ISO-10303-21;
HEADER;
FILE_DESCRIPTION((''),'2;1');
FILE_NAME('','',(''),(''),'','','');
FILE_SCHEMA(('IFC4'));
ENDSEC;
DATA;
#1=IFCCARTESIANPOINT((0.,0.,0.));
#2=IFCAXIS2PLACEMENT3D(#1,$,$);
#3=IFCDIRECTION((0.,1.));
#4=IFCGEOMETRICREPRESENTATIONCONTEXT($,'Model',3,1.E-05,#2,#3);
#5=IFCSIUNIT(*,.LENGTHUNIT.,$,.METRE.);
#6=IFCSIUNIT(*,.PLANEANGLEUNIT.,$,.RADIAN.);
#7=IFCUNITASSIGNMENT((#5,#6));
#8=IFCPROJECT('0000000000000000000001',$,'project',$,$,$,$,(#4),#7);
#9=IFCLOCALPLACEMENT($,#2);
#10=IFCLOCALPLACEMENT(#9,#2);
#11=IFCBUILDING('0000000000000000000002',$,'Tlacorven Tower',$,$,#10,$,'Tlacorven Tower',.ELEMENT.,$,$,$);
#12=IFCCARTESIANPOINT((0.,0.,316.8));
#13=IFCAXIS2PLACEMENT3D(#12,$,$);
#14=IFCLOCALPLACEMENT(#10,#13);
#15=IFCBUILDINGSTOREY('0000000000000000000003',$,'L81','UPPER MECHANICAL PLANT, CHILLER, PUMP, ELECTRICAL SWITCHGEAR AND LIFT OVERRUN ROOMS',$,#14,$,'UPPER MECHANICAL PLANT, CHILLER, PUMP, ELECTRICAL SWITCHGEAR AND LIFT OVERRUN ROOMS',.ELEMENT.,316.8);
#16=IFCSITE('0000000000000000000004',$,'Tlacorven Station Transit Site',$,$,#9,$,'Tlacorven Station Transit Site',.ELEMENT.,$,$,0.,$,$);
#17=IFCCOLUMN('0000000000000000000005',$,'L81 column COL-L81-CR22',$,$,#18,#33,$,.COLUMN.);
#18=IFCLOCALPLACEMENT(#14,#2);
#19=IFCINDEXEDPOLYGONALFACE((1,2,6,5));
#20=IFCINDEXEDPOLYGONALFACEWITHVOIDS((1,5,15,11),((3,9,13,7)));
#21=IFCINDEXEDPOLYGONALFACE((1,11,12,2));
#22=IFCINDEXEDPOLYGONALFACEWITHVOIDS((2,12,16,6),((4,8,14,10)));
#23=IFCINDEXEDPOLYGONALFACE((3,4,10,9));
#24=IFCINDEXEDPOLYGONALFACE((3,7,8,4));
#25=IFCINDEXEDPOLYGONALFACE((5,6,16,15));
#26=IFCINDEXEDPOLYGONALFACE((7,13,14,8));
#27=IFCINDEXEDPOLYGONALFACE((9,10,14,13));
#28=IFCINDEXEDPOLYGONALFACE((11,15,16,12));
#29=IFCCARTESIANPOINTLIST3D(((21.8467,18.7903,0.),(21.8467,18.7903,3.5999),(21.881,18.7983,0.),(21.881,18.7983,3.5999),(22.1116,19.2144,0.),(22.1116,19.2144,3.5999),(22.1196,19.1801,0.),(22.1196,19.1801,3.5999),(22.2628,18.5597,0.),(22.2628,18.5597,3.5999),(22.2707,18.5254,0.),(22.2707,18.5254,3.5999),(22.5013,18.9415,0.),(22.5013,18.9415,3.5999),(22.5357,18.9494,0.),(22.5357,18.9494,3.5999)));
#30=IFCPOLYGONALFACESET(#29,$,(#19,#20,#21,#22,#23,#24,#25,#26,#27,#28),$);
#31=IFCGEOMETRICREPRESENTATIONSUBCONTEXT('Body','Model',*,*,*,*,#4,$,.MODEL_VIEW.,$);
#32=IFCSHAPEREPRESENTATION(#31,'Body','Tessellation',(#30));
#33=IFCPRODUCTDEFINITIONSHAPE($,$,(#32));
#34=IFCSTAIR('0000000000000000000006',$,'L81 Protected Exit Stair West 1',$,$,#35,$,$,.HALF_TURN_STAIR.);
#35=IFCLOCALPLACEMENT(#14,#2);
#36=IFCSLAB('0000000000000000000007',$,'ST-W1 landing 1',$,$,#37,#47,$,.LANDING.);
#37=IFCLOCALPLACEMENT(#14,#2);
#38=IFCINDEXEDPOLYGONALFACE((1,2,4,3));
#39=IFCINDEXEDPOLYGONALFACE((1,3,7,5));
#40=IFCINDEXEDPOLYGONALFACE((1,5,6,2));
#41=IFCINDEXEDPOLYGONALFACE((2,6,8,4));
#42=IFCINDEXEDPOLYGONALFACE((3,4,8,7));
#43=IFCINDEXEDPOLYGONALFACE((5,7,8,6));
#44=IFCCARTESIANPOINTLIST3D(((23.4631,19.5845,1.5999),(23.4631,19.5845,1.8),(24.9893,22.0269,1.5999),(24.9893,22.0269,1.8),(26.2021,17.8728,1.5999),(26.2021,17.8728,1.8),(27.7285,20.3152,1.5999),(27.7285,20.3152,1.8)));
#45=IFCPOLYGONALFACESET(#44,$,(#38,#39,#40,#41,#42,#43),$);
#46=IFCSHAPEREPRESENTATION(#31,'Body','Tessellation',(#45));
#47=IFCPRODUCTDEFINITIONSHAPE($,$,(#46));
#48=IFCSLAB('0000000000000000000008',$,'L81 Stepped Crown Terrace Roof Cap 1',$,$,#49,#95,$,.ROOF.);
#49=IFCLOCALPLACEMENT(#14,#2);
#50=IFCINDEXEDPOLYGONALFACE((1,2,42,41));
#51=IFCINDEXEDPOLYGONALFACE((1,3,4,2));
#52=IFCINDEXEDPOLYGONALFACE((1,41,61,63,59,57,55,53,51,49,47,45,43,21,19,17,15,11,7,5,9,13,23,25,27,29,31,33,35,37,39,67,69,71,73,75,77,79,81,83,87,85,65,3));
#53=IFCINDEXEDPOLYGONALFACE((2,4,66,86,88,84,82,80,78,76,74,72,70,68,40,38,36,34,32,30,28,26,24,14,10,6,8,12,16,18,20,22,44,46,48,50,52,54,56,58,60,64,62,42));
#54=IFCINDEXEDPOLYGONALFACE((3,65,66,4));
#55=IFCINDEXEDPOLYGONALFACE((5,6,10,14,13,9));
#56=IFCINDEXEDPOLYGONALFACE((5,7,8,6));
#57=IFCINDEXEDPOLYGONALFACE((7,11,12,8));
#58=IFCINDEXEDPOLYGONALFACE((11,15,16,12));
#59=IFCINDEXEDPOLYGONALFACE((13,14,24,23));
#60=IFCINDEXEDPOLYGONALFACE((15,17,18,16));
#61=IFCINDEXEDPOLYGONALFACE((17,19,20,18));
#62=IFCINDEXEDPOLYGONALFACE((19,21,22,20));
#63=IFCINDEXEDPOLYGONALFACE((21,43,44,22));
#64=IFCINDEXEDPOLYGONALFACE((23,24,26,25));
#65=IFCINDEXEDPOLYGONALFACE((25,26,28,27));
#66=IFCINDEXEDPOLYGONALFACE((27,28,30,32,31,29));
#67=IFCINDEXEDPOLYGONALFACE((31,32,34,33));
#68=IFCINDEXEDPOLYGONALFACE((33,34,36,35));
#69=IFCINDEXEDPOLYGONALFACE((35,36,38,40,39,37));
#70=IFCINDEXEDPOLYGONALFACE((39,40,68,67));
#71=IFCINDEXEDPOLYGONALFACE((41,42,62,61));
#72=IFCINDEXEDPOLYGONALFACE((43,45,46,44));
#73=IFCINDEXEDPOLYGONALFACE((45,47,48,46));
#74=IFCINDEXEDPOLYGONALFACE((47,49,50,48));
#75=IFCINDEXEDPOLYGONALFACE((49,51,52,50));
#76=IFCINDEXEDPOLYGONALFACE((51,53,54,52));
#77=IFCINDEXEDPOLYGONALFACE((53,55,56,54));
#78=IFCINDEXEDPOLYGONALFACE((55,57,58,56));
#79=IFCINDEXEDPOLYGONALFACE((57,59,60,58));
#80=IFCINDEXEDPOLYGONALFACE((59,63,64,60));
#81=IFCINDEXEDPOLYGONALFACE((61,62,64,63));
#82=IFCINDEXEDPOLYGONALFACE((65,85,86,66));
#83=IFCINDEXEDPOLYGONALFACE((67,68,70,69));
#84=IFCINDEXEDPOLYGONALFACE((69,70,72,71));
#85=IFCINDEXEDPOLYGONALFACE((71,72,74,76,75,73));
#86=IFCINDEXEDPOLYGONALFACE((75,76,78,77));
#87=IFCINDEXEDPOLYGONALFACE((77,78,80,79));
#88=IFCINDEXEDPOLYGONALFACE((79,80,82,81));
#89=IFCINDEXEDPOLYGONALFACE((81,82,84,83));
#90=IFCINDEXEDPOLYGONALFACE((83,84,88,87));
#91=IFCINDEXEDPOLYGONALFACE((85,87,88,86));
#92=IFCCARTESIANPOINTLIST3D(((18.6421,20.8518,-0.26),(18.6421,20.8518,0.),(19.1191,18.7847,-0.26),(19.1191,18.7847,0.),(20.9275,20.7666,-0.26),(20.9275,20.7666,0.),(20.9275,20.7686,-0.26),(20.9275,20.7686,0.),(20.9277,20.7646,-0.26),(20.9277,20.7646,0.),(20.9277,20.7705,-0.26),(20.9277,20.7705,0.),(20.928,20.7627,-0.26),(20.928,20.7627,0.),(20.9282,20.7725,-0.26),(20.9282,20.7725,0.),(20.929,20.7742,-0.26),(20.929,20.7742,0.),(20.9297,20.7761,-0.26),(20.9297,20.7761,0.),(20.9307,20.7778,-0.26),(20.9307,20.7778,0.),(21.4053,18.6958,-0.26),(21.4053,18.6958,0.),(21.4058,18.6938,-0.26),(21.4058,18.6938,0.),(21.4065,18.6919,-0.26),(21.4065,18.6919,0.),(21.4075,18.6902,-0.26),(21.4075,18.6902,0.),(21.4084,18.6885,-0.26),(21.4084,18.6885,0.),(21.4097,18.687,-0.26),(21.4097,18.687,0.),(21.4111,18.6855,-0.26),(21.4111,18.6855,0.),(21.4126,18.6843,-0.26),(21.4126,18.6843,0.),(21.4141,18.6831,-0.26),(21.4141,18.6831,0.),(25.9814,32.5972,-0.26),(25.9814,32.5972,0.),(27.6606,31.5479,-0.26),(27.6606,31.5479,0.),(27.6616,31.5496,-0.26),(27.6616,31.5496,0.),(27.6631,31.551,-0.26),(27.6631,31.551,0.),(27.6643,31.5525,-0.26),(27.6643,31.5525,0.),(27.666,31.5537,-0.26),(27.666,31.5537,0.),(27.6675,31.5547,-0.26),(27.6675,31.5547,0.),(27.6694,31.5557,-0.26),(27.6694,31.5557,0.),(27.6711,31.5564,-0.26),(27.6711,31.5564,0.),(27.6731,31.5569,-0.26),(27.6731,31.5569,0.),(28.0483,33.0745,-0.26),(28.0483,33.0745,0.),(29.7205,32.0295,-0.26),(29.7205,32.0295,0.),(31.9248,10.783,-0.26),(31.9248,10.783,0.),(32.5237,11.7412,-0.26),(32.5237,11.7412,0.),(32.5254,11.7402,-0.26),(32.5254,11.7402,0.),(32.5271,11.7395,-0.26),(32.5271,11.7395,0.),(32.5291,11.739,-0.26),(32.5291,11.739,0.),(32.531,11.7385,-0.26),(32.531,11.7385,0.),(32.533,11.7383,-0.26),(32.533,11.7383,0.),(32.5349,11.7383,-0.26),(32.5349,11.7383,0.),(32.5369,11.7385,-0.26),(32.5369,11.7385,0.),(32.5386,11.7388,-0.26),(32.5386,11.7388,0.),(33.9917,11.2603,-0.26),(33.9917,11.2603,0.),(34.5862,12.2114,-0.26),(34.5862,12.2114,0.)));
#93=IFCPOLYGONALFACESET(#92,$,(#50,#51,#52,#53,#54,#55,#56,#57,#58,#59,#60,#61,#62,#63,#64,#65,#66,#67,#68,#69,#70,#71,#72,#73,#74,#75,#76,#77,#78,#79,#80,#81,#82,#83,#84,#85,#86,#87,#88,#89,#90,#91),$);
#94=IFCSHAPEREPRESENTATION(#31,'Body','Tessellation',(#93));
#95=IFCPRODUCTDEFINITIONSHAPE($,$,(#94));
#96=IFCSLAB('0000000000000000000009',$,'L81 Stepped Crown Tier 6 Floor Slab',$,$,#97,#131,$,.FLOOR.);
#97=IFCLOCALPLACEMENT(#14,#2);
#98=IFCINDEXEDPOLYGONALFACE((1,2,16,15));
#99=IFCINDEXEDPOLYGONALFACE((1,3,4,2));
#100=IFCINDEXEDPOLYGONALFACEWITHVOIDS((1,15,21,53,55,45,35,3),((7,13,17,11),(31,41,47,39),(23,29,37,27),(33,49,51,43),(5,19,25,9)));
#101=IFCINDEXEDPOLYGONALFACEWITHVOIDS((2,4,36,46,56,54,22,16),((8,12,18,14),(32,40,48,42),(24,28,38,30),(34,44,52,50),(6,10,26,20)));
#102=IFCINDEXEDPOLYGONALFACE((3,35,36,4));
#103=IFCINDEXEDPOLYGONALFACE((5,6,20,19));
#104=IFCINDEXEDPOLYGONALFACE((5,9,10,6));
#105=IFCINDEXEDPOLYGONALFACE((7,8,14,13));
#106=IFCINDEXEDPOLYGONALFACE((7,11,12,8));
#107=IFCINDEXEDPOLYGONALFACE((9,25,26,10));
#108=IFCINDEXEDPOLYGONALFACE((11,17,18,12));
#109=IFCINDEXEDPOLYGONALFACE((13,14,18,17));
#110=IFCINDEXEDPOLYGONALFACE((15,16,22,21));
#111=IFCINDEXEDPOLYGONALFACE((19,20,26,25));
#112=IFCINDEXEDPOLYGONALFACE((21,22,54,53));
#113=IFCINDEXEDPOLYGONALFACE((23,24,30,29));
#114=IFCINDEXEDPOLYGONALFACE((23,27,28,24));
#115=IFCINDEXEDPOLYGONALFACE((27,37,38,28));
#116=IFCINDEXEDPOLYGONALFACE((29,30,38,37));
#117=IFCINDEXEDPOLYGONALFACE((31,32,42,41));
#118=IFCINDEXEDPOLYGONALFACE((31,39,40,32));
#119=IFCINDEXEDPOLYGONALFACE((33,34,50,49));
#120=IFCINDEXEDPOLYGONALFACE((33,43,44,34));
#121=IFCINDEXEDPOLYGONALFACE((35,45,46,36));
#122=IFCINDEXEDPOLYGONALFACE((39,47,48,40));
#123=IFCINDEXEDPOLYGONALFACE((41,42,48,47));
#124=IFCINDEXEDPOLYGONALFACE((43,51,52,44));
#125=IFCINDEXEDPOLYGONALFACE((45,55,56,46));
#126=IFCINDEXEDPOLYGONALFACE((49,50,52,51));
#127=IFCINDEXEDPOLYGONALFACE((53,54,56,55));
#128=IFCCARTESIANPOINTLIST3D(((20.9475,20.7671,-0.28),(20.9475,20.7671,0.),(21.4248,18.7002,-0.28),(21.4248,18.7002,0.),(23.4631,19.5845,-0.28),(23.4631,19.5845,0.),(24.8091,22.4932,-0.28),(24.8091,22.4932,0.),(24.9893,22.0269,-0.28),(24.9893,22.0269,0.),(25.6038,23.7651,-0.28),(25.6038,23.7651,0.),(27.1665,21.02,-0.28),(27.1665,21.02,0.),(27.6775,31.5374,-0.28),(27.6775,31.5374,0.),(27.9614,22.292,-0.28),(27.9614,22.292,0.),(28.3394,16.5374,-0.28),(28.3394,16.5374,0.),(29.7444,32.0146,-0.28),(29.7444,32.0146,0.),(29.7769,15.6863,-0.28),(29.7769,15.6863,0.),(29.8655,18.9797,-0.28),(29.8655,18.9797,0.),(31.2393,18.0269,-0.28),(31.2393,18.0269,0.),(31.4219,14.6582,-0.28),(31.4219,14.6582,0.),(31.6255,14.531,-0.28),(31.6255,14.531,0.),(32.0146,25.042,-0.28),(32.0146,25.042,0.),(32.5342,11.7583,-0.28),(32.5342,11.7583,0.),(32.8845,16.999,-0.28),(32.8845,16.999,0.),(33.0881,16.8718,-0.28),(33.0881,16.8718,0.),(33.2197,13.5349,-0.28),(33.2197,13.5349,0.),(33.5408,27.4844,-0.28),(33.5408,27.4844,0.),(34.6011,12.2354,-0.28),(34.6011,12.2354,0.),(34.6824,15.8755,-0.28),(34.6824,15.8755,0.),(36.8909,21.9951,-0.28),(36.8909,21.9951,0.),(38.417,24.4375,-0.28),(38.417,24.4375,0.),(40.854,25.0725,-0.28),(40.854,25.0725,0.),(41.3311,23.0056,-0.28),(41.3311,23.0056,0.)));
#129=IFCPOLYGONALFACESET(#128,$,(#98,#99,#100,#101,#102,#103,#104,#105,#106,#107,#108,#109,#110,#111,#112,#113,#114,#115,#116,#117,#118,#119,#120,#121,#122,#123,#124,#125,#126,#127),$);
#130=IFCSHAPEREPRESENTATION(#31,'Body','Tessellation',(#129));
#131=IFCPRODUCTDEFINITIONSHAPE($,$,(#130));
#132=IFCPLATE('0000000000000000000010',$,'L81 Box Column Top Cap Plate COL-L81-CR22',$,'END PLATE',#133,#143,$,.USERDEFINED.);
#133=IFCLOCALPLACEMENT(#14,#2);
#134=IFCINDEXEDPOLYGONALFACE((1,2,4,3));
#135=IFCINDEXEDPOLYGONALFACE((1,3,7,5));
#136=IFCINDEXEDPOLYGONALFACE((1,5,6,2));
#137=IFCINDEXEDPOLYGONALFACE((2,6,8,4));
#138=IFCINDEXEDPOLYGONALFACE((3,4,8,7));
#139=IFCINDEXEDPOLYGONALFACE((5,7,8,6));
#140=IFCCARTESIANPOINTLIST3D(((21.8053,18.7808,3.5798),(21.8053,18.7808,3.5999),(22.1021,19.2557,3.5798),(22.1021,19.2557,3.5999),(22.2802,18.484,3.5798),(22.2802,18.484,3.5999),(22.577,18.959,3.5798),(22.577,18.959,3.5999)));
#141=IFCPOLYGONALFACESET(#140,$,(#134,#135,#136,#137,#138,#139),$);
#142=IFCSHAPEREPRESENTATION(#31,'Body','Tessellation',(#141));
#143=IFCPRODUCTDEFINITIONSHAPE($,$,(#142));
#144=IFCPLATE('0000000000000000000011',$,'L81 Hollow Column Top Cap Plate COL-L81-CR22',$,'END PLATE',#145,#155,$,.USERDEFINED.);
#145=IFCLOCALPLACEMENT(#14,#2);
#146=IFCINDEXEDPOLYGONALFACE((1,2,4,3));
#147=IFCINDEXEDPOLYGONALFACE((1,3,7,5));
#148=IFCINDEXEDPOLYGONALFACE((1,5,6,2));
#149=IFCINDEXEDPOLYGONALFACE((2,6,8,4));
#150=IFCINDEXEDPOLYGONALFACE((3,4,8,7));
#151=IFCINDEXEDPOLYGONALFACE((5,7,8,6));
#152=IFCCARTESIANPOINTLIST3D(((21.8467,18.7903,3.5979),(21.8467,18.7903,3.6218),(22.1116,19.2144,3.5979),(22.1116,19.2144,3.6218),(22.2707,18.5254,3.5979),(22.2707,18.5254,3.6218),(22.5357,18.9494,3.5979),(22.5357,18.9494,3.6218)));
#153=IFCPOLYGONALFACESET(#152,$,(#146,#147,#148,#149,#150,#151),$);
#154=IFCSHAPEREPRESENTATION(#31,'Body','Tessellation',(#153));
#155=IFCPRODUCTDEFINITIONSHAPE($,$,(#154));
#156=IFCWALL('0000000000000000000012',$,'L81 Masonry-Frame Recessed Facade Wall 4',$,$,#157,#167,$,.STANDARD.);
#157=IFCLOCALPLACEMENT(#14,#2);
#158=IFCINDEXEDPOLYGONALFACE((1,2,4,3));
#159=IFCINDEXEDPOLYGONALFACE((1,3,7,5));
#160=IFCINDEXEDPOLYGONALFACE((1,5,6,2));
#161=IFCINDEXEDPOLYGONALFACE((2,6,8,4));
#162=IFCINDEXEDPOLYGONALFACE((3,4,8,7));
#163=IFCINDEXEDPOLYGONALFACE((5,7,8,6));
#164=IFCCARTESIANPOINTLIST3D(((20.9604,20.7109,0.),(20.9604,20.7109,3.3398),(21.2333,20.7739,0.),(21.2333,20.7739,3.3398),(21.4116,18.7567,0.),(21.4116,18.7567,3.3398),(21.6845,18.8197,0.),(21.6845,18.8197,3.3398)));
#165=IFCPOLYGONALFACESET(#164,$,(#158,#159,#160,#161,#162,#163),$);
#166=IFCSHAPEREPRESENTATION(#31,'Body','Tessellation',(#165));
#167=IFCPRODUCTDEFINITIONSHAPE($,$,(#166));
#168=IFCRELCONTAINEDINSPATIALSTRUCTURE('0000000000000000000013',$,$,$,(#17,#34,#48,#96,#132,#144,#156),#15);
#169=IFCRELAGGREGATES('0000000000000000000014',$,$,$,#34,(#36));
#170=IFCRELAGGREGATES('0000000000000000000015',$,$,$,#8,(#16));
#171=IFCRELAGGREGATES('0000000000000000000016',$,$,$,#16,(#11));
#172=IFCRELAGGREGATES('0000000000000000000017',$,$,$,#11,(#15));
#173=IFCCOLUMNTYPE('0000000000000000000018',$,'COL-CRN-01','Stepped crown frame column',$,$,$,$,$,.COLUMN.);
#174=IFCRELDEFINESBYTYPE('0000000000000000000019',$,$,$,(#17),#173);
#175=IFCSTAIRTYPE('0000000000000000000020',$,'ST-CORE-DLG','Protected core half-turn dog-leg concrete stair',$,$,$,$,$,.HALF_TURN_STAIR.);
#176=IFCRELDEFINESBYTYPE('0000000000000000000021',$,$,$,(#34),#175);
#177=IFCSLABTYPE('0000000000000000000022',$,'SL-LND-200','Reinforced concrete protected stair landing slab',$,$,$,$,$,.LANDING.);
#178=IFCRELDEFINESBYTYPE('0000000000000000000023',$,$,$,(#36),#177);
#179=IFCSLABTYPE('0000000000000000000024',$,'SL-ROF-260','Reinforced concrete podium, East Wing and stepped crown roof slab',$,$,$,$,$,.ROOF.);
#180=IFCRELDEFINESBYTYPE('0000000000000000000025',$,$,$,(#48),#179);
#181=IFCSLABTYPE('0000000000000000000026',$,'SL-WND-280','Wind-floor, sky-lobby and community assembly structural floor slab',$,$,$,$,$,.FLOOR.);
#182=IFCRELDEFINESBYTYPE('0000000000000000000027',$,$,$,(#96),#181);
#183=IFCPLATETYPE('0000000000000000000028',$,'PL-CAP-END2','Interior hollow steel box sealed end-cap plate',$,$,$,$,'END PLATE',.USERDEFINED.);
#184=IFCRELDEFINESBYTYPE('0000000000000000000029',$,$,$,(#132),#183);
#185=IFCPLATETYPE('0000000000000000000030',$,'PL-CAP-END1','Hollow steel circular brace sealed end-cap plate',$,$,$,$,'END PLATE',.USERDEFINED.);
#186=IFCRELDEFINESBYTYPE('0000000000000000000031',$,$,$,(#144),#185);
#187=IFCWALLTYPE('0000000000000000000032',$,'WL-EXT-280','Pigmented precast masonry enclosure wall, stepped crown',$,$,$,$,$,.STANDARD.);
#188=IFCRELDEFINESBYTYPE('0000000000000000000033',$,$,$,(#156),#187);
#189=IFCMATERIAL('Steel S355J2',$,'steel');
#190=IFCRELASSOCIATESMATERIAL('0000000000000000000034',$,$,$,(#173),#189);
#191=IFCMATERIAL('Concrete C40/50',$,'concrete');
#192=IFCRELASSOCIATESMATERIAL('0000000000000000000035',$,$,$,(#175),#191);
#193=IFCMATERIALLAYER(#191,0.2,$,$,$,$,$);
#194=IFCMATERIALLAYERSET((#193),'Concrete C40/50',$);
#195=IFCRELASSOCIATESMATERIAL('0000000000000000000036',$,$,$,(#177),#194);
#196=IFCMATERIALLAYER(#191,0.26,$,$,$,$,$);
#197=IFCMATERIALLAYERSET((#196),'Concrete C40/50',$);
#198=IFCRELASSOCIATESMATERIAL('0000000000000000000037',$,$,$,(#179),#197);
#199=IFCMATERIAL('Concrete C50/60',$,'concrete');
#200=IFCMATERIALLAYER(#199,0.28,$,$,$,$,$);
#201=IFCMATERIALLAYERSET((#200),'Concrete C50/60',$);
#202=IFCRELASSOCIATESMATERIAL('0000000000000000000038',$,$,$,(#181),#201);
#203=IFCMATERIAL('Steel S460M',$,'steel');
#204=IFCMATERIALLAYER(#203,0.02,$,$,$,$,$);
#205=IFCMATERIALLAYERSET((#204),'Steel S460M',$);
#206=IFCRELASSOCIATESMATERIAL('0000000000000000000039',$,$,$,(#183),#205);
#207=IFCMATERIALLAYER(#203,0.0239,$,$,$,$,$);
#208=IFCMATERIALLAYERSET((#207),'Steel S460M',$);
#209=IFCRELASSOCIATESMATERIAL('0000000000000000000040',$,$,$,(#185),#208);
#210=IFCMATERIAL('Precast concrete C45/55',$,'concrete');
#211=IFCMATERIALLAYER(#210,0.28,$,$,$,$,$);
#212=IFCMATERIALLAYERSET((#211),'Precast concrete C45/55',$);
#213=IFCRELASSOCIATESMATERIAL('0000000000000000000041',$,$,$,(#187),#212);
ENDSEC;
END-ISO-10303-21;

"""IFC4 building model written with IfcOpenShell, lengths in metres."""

from ifc_helpers import new_model, si_unit, direction, frame, frame_2d, origin, origin_2d, place, context, subcontext, project, spatial, polyline, rectangle, hollow_rectangle, outline, extrude, source, transform, mapped, material, layer, layer_set, material_profile, profile_set, type_object, element, aggregate, save


model = new_model("IFC4")

# Units and contexts
model_context = context("Model", 3, precision=1e-05, world=origin(), true_north=direction((0.0, 1.0)))
body_context = subcontext(model_context, "Body", "Model", "MODEL_VIEW")
ifc_project = project(units=[si_unit("LENGTHUNIT", "METRE"), si_unit("PLANEANGLEUNIT", "RADIAN")], contexts=[model_context])

# Site, building, storey
site_placement = place(None, origin())
site = spatial("IfcSite", under=ifc_project, at=site_placement, Name="Tlacorven Station Transit Site", LongName="Tlacorven Station Transit Site", CompositionType="ELEMENT", RefElevation=0.0)
building_placement = place(site_placement, origin())
building = spatial("IfcBuilding", under=site, at=building_placement, Name="Tlacorven Tower", LongName="Tlacorven Tower", CompositionType="ELEMENT")
storey_placement = place(building_placement, frame((0.0, 0.0, 316.8)))
storey = spatial("IfcBuildingStorey", under=building, at=storey_placement, Name="L81", Description="UPPER MECHANICAL PLANT, CHILLER, PUMP, ELECTRICAL SWITCHGEAR AND LIFT OVERRUN ROOMS", LongName="UPPER MECHANICAL PLANT, CHILLER, PUMP, ELECTRICAL SWITCHGEAR AND LIFT OVERRUN ROOMS", CompositionType="ELEMENT", Elevation=316.8)

# Column
ifc_material_1 = material(Name="Steel S355J2", Category="steel")
ifc_material_profile = material_profile(ifc_material_1, hollow_rectangle(XDim=0.5, YDim=0.5, WallThickness=0.0249, at=origin_2d()), Name="BOX 500X500X25")
ifc_profile_set = profile_set([ifc_material_profile], Name="Steel S355J2")
column_type = type_object("IfcColumnType", Name="COL-CRN-01", Description="Stepped crown frame column", PredefinedType="COLUMN", material=ifc_profile_set)
shared_shape_1 = source(origin(), body_context, "Body", "SweptSolid", [
    extrude(hollow_rectangle(XDim=0.5, YDim=0.5, WallThickness=0.0249, at=origin_2d()), origin(), (0.0, 0.0, 1.0), 3.5999),
])
column_placement = place(storey_placement, frame((22.1912, 18.8699, 0.0), z_axis=(0.0, 0.0, 1.0), x_axis=(-0.848048, 0.529919, 0.0)))
element("IfcColumn", 1, at=column_placement, inside=storey, type_object=column_type, Name="L81 column COL-L81-CR22", PredefinedType="COLUMN", context=body_context, shape_type="MappedRepresentation", body=[
    mapped(shared_shape_1, transform((0.0, 0.0, 0.0), scale=1.0)),
])

# Stair, slab
ifc_material_2 = material(Name="Concrete C40/50", Category="concrete")
stair_type = type_object("IfcStairType", Name="ST-CORE-DLG", Description="Protected core half-turn dog-leg concrete stair", PredefinedType="HALF_TURN_STAIR", material=ifc_material_2)
stair_placement = place(storey_placement, origin())
stair = element("IfcStair", 2, at=stair_placement, inside=storey, type_object=stair_type, Name="L81 Protected Exit Stair West 1", PredefinedType="HALF_TURN_STAIR")
ifc_layer_1 = layer(ifc_material_2, 0.2)
ifc_layer_set_1 = layer_set([ifc_layer_1], Name="Concrete C40/50")
slab_type_1 = type_object("IfcSlabType", Name="SL-LND-200", Description="Reinforced concrete protected stair landing slab", PredefinedType="LANDING", material=ifc_layer_set_1)
slab_1_placement = place(storey_placement, frame((0.0, 0.0, 1.5999)))
slab_1 = element("IfcSlab", 3, at=slab_1_placement, type_object=slab_type_1, Name="ST-W1 landing 1", PredefinedType="LANDING", context=body_context, shape_type="SweptSolid", body=[
    extrude(outline(polyline([(27.7285, 20.3152), (24.9893, 22.0269), (23.4631, 19.5845), (26.2021, 17.8728), (27.7285, 20.3152)])), origin(), (0.0, 0.0, 1.0), 0.2002),
])

# Slabs
ifc_layer_2 = layer(ifc_material_2, 0.26)
ifc_layer_set_2 = layer_set([ifc_layer_2], Name="Concrete C40/50")
slab_type_2 = type_object("IfcSlabType", Name="SL-ROF-260", Description="Reinforced concrete podium, East Wing and stepped crown roof slab", PredefinedType="ROOF", material=ifc_layer_set_2)
slab_2_placement = place(storey_placement, frame((0.0, 0.0, -0.26)))
element("IfcSlab", 4, at=slab_2_placement, inside=storey, type_object=slab_type_2, Name="L81 Stepped Crown Terrace Roof Cap 1", PredefinedType="ROOF", context=body_context, shape_type="SweptSolid", body=[
    extrude(outline(polyline([(33.9917, 11.2603), (31.9248, 10.783), (19.1191, 18.7847), (18.6421, 20.8518), (25.9814, 32.5972), (28.0483, 33.0745), (29.7205, 32.0295), (27.6731, 31.5569), (27.6711, 31.5564), (27.6694, 31.5557), (27.6675, 31.5547), (27.666, 31.5537), (27.6643, 31.5525), (27.6631, 31.551), (27.6616, 31.5496), (27.6606, 31.5479), (20.9307, 20.7778), (20.9297, 20.7761), (20.929, 20.7742), (20.9282, 20.7725), (20.9277, 20.7705), (20.9275, 20.7686), (20.9275, 20.7666), (20.9277, 20.7646), (20.928, 20.7627), (21.4053, 18.6958), (21.4058, 18.6938), (21.4065, 18.6919), (21.4075, 18.6902), (21.4084, 18.6885), (21.4097, 18.687), (21.4111, 18.6855), (21.4126, 18.6843), (21.4141, 18.6831), (32.5237, 11.7412), (32.5254, 11.7402), (32.5271, 11.7395), (32.5291, 11.739), (32.531, 11.7385), (32.533, 11.7383), (32.5349, 11.7383), (32.5369, 11.7385), (32.5386, 11.7388), (34.5862, 12.2114), (33.9917, 11.2603)])), origin(), (0.0, 0.0, 1.0), 0.26),
])
ifc_material_3 = material(Name="Concrete C50/60", Category="concrete")
ifc_layer_3 = layer(ifc_material_3, 0.28)
ifc_layer_set_3 = layer_set([ifc_layer_3], Name="Concrete C50/60")
slab_type_3 = type_object("IfcSlabType", Name="SL-WND-280", Description="Wind-floor, sky-lobby and community assembly structural floor slab", PredefinedType="FLOOR", material=ifc_layer_set_3)
slab_3_placement = place(storey_placement, frame((0.0, 0.0, -0.28)))
element("IfcSlab", 5, at=slab_3_placement, inside=storey, type_object=slab_type_3, Name="L81 Stepped Crown Tier 6 Floor Slab", PredefinedType="FLOOR", context=body_context, shape_type="SweptSolid", body=[
    extrude(outline(polyline([(40.854, 25.0725), (29.7444, 32.0146), (27.6775, 31.5374), (20.9475, 20.7671), (21.4248, 18.7002), (32.5342, 11.7583), (34.6011, 12.2354), (41.3311, 23.0056), (40.854, 25.0725)]), holes=[polyline([(29.8655, 18.9797), (24.9893, 22.0269), (23.4631, 19.5845), (28.3394, 16.5374), (29.8655, 18.9797)]), polyline([(38.417, 24.4375), (33.5408, 27.4844), (32.0146, 25.042), (36.8909, 21.9951), (38.417, 24.4375)]), polyline([(34.6824, 15.8755), (33.0881, 16.8718), (31.6255, 14.531), (33.2197, 13.5349), (34.6824, 15.8755)]), polyline([(32.8845, 16.999), (31.2393, 18.0269), (29.7769, 15.6863), (31.4219, 14.6582), (32.8845, 16.999)]), polyline([(27.9614, 22.292), (25.6038, 23.7651), (24.8091, 22.4932), (27.1665, 21.02), (27.9614, 22.292)])]), origin(), (0.0, 0.0, 1.0), 0.28),
])

# Plates
ifc_material_4 = material(Name="Steel S460M", Category="steel")
ifc_layer_4 = layer(ifc_material_4, 0.02)
ifc_layer_set_4 = layer_set([ifc_layer_4], Name="Steel S460M")
plate_type_1 = type_object("IfcPlateType", Name="PL-CAP-END2", Description="Interior hollow steel box sealed end-cap plate", ElementType="END PLATE", PredefinedType="USERDEFINED", material=ifc_layer_set_4)
shared_shape_2 = source(origin(), body_context, "Body", "SweptSolid", [
    extrude(rectangle(XDim=0.5601, YDim=0.5601, at=origin_2d()), origin(), (0.0, 0.0, 1.0), 0.02),
])
plate_1_placement = place(storey_placement, frame((22.1912, 18.8699, 3.5798), z_axis=(0.0, 0.0, 1.0), x_axis=(-0.848048, 0.529919, 0.0)))
element("IfcPlate", 6, at=plate_1_placement, inside=storey, type_object=plate_type_1, Name="L81 Box Column Top Cap Plate COL-L81-CR22", ObjectType="END PLATE", PredefinedType="USERDEFINED", context=body_context, shape_type="MappedRepresentation", body=[
    mapped(shared_shape_2, transform((0.0, 0.0, 0.0), scale=1.0)),
])
ifc_layer_5 = layer(ifc_material_4, 0.0239)
ifc_layer_set_5 = layer_set([ifc_layer_5], Name="Steel S460M")
plate_type_2 = type_object("IfcPlateType", Name="PL-CAP-END1", Description="Hollow steel circular brace sealed end-cap plate", ElementType="END PLATE", PredefinedType="USERDEFINED", material=ifc_layer_set_5)
shared_shape_3 = source(origin(), body_context, "Body", "SweptSolid", [
    extrude(rectangle(XDim=0.5, YDim=0.5, at=origin_2d()), origin(), (0.0, 0.0, 1.0), 0.0239),
])
plate_2_placement = place(storey_placement, frame((22.1912, 18.8699, 3.5979), z_axis=(0.0, 0.0, 1.0), x_axis=(-0.848048, 0.529919, 0.0)))
element("IfcPlate", 7, at=plate_2_placement, inside=storey, type_object=plate_type_2, Name="L81 Hollow Column Top Cap Plate COL-L81-CR22", ObjectType="END PLATE", PredefinedType="USERDEFINED", context=body_context, shape_type="MappedRepresentation", body=[
    mapped(shared_shape_3, transform((0.0, 0.0, 0.0), scale=1.0)),
])

# Wall
ifc_material_5 = material(Name="Precast concrete C45/55", Category="concrete")
ifc_layer_6 = layer(ifc_material_5, 0.28)
ifc_layer_set_6 = layer_set([ifc_layer_6], Name="Precast concrete C45/55")
wall_type_1 = type_object("IfcWallType", Name="WL-EXT-280", Description="Pigmented precast masonry enclosure wall, stepped crown", PredefinedType="STANDARD", material=ifc_layer_set_6)
wall_1_placement = place(storey_placement, frame((21.5481, 18.7881, 0.0), z_axis=(0.0, 0.0, 1.0), x_axis=(-0.224966, 0.974367, 0.0)))
element("IfcWall", 8, at=wall_1_placement, inside=storey, type_object=wall_type_1, Name="L81 Masonry-Frame Recessed Facade Wall 4", PredefinedType="STANDARD", context=body_context, shape_type="SweptSolid", body=[
    extrude(rectangle(XDim=2.0056, YDim=0.28, at=frame_2d((1.0029, 0.0))), origin(), (0.0, 0.0, 1.0), 3.3398),
])

aggregate(stair, [slab_1])

save(model, "model.ifc")
